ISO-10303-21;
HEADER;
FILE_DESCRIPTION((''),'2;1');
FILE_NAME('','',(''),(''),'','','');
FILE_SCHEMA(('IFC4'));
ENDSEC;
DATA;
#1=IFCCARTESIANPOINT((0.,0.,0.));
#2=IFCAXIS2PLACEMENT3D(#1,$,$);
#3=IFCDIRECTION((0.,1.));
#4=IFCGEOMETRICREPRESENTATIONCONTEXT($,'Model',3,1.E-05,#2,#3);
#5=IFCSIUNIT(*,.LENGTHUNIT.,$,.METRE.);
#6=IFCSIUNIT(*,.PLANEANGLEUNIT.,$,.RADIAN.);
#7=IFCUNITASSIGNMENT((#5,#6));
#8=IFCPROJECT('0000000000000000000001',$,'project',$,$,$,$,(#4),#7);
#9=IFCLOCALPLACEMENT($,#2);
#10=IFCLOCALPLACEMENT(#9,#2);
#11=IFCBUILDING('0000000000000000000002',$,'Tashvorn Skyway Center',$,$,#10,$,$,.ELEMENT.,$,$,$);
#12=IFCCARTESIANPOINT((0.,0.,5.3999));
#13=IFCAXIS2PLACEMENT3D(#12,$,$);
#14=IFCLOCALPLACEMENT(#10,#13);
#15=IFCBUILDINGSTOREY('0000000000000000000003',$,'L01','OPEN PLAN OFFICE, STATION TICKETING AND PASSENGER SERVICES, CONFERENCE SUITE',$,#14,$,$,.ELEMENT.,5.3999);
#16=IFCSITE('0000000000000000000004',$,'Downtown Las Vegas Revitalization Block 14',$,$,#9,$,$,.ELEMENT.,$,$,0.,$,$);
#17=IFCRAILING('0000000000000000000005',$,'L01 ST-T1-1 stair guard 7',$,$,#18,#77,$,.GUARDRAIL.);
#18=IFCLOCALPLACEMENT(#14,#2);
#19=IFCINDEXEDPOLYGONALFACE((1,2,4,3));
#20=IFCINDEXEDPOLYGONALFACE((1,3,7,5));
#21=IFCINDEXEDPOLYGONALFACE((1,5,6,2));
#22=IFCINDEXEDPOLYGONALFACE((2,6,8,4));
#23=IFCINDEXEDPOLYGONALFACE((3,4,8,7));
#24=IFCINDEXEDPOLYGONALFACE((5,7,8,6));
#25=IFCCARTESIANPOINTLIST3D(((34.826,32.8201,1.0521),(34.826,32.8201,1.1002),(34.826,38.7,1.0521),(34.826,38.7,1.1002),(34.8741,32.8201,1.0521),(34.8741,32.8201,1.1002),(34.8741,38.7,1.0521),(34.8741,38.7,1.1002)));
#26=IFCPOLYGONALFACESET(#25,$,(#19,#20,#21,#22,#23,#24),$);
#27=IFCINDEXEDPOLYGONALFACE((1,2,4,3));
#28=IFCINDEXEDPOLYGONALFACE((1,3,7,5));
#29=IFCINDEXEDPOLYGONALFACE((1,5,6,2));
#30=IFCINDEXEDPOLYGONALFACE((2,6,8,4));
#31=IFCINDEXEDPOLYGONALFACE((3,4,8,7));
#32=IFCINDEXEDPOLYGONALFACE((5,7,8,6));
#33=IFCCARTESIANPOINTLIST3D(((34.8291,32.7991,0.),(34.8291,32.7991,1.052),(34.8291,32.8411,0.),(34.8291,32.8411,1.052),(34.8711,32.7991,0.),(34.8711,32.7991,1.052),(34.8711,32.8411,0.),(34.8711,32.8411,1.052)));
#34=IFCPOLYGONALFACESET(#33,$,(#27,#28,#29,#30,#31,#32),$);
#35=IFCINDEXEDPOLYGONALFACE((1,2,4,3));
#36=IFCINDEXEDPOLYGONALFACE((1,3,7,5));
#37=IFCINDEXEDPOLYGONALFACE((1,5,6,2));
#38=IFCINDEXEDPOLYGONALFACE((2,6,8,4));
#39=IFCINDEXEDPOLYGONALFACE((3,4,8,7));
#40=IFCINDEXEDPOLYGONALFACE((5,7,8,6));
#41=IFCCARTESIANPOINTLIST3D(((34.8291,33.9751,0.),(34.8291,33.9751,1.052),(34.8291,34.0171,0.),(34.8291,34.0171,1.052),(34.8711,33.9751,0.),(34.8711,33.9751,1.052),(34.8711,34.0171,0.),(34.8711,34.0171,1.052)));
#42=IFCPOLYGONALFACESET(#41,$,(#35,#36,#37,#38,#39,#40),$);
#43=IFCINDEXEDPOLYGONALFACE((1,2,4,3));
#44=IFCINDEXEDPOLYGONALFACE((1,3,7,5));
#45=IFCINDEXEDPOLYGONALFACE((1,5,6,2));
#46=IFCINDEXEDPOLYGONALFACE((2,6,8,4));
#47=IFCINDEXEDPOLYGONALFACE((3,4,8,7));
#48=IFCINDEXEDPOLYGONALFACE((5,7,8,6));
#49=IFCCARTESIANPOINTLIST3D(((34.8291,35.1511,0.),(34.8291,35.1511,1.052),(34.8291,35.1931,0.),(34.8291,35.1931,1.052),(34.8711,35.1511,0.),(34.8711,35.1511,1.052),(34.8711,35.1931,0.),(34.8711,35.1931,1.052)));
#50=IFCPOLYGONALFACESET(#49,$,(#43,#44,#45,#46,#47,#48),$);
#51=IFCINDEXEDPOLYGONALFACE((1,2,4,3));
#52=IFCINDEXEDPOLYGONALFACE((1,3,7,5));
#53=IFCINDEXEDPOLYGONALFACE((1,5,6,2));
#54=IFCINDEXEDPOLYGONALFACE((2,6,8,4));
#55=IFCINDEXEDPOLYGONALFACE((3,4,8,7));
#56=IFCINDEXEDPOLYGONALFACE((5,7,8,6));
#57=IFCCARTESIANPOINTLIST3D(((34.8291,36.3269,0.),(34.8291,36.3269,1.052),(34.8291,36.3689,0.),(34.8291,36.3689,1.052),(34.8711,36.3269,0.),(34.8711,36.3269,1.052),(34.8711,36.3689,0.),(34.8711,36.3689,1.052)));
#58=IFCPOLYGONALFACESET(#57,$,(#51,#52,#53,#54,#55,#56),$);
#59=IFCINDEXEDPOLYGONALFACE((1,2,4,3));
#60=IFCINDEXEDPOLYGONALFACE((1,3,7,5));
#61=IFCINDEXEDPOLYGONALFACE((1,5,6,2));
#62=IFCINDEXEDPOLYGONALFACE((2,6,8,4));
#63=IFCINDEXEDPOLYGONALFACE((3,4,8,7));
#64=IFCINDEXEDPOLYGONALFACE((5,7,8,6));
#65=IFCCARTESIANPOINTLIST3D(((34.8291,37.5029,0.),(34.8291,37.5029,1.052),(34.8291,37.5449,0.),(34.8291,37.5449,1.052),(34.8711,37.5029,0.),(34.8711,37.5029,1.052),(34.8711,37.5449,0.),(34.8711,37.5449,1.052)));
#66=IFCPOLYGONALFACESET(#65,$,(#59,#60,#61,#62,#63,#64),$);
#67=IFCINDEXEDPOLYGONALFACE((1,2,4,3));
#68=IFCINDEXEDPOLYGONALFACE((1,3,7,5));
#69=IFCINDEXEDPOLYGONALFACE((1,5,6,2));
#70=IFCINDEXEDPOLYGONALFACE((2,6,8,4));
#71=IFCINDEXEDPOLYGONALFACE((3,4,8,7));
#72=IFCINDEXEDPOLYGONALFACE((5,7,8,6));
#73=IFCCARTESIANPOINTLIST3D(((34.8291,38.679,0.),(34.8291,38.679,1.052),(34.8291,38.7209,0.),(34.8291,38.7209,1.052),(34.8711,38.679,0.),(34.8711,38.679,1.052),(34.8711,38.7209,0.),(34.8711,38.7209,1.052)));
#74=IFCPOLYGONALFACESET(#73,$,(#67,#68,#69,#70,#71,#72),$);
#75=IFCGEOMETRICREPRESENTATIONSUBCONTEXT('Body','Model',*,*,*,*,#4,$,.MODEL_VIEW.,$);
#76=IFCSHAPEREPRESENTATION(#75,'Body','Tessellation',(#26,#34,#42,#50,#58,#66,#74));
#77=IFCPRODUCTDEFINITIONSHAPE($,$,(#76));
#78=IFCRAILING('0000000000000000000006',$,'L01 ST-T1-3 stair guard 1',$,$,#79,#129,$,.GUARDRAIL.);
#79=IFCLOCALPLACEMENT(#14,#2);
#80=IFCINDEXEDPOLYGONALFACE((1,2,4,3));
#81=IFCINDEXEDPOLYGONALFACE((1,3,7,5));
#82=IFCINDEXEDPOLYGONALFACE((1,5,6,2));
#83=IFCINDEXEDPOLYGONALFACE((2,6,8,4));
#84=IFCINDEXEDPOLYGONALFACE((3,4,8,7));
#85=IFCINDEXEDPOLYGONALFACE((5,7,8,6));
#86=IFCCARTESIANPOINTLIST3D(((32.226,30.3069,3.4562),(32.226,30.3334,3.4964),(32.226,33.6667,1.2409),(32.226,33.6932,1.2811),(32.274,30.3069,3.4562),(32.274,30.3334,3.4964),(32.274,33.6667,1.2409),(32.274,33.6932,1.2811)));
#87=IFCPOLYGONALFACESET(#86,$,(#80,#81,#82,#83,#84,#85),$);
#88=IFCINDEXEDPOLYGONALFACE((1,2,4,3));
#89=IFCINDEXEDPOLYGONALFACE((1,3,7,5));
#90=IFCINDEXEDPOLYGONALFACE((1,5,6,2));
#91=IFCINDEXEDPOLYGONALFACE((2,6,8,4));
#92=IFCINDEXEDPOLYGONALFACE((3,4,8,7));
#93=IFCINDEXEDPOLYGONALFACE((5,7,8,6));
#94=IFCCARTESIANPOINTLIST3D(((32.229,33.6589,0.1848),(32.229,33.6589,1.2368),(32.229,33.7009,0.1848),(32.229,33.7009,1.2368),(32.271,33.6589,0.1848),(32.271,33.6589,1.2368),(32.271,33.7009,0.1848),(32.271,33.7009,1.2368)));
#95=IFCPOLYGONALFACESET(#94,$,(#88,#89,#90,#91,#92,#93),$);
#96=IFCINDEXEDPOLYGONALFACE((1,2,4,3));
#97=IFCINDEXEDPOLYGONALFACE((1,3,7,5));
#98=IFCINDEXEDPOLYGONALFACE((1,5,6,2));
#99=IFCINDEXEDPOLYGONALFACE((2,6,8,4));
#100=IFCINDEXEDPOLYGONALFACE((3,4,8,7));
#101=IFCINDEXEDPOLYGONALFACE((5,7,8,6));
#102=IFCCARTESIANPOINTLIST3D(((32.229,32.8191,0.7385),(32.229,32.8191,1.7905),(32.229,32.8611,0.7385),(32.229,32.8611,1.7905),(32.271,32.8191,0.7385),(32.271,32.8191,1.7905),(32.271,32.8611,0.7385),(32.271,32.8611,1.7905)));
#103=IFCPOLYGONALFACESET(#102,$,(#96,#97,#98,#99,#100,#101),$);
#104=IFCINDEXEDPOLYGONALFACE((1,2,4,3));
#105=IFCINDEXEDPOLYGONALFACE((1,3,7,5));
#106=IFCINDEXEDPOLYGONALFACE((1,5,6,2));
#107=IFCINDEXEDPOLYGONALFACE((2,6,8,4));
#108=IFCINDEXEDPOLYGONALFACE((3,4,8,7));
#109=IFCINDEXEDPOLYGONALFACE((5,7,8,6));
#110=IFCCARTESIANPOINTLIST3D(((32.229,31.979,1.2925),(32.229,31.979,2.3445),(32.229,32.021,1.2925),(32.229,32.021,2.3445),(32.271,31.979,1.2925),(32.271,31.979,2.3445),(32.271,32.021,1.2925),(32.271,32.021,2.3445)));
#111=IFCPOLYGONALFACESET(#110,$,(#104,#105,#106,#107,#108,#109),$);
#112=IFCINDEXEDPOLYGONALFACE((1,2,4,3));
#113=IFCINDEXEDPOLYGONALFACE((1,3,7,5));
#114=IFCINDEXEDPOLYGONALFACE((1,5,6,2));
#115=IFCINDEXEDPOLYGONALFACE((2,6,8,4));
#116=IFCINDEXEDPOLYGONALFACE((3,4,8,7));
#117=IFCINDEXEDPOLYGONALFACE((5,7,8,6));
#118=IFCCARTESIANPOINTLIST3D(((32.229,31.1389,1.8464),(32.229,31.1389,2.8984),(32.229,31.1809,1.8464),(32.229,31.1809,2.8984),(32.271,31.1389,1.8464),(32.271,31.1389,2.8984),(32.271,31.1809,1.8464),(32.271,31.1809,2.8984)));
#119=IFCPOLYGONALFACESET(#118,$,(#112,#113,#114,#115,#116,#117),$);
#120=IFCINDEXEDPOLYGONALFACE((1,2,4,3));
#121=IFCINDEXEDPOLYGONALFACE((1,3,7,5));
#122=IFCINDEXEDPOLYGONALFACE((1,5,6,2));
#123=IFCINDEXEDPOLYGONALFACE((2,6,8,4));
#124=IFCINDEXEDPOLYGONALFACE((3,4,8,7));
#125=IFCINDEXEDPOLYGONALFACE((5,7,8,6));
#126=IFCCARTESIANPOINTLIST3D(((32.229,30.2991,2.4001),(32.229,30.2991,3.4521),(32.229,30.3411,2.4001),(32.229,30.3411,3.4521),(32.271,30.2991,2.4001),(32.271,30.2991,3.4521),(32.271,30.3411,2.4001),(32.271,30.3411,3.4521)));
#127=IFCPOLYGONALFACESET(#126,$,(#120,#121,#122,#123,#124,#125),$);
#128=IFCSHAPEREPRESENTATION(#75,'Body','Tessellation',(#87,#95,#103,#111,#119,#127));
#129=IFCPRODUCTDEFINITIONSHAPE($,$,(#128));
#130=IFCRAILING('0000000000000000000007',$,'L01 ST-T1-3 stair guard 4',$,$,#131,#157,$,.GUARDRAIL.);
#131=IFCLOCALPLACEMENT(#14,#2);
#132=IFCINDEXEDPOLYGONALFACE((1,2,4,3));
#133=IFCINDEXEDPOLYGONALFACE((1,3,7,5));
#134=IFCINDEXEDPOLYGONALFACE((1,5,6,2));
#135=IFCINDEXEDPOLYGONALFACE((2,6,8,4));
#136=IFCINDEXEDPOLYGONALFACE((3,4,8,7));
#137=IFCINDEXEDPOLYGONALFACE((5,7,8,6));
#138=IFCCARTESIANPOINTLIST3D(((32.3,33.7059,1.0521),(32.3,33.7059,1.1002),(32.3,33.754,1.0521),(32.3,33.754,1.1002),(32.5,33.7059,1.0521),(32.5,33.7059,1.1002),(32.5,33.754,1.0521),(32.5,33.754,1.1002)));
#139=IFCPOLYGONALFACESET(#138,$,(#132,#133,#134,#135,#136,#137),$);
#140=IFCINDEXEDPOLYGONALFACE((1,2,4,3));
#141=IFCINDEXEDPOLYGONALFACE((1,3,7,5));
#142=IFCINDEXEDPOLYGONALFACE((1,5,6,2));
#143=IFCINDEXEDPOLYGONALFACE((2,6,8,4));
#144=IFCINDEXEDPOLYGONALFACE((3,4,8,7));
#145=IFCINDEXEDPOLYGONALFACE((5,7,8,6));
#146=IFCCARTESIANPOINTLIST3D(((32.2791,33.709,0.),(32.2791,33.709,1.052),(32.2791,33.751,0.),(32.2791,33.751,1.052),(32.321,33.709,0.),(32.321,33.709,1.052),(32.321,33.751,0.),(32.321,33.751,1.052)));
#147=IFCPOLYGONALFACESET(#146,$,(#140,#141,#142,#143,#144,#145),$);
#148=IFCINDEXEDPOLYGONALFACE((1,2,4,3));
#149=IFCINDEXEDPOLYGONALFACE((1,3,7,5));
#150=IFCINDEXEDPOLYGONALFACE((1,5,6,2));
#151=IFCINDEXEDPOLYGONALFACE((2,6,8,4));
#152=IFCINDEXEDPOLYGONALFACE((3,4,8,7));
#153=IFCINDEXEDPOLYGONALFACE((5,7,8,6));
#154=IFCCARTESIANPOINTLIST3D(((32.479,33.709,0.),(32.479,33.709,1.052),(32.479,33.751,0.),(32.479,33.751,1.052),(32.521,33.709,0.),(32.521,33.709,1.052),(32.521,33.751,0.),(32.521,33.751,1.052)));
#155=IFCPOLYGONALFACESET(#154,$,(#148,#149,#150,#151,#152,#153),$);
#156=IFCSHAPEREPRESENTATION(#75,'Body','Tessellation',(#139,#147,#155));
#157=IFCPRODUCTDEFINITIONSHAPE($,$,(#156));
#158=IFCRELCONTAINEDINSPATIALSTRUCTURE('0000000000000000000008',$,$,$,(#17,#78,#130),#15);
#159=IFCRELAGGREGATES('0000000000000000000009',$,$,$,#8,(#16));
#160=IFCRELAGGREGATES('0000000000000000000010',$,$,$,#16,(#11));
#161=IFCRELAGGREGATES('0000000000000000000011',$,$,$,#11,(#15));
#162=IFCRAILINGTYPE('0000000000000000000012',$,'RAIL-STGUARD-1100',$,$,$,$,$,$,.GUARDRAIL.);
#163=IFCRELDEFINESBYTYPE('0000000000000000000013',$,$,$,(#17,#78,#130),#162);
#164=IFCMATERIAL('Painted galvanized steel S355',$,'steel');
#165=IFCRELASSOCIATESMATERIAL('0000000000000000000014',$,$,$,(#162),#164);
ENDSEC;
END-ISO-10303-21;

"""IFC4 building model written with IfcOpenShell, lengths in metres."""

from ifc_helpers import new_model, si_unit, direction, frame, origin, origin_2d, place, context, subcontext, project, spatial, rectangle, extrude, material, type_object, element, save


model = new_model("IFC4")

# Units and contexts
model_context = context("Model", 3, precision=1e-05, world=origin(), true_north=direction((0.0, 1.0)))
body_context = subcontext(model_context, "Body", "Model", "MODEL_VIEW")
ifc_project = project(units=[si_unit("LENGTHUNIT", "METRE"), si_unit("PLANEANGLEUNIT", "RADIAN")], contexts=[model_context])

# Site, building, storey
site_placement = place(None, origin())
site = spatial("IfcSite", under=ifc_project, at=site_placement, Name="Downtown Las Vegas Revitalization Block 14", CompositionType="ELEMENT", RefElevation=0.0)
building_placement = place(site_placement, origin())
building = spatial("IfcBuilding", under=site, at=building_placement, Name="Tashvorn Skyway Center", CompositionType="ELEMENT")
storey_placement = place(building_placement, frame((0.0, 0.0, 5.3999)))
storey = spatial("IfcBuildingStorey", under=building, at=storey_placement, Name="L01", Description="OPEN PLAN OFFICE, STATION TICKETING AND PASSENGER SERVICES, CONFERENCE SUITE", CompositionType="ELEMENT", Elevation=5.3999)

# Railings
ifc_material_1 = material(Name="Painted galvanized steel S355", Category="steel")
railing_type_1 = type_object("IfcRailingType", Name="RAIL-STGUARD-1100", PredefinedType="GUARDRAIL", material=ifc_material_1)
railing_1_placement = place(storey_placement, frame((34.8501, 32.8201, 0.0)))
element("IfcRailing", 1, at=railing_1_placement, inside=storey, type_object=railing_type_1, Name="L01 ST-T1-1 stair guard 7", PredefinedType="GUARDRAIL", context=body_context, shape_type="SweptSolid", body=[
    extrude(rectangle(XDim=0.0481, YDim=0.0481, at=origin_2d()), frame((0.0, 0.0, 1.0762), z_axis=(0.0, 1.0, 0.0), x_axis=(-1.0, 0.0, 0.0)), (0.0, 0.0, 1.0), 5.8799),
    extrude(rectangle(XDim=0.042, YDim=0.042, at=origin_2d()), origin(), (0.0, 0.0, 1.0), 1.052),
    extrude(rectangle(XDim=0.042, YDim=0.042, at=origin_2d()), frame((0.0, 1.176, 0.0)), (0.0, 0.0, 1.0), 1.052),
    extrude(rectangle(XDim=0.042, YDim=0.042, at=origin_2d()), frame((0.0, 2.3521, 0.0)), (0.0, 0.0, 1.0), 1.052),
    extrude(rectangle(XDim=0.042, YDim=0.042, at=origin_2d()), frame((0.0, 3.5278, 0.0)), (0.0, 0.0, 1.0), 1.052),
    extrude(rectangle(XDim=0.042, YDim=0.042, at=origin_2d()), frame((0.0, 4.7039, 0.0)), (0.0, 0.0, 1.0), 1.052),
    extrude(rectangle(XDim=0.042, YDim=0.042, at=origin_2d()), frame((0.0, 5.8799, 0.0)), (0.0, 0.0, 1.0), 1.052),
])
railing_2_placement = place(storey_placement, frame((32.25, 33.6799, 0.1848)))
element("IfcRailing", 2, at=railing_2_placement, inside=storey, type_object=railing_type_1, Name="L01 ST-T1-3 stair guard 1", PredefinedType="GUARDRAIL", context=body_context, shape_type="SweptSolid", body=[
    extrude(rectangle(XDim=0.0481, YDim=0.0481, at=origin_2d()), frame((0.0, 0.0, 1.0762), z_axis=(0.0, -0.834858, 0.550465), x_axis=(1.0, 0.0, 0.0)), (0.0, 0.0, 1.0), 4.0244),
    extrude(rectangle(XDim=0.042, YDim=0.042, at=origin_2d()), origin(), (0.0, 0.0, 1.0), 1.052),
    extrude(rectangle(XDim=0.042, YDim=0.042, at=origin_2d()), frame((0.0, -0.8398, 0.5537)), (0.0, 0.0, 1.0), 1.052),
    extrude(rectangle(XDim=0.042, YDim=0.042, at=origin_2d()), frame((0.0, -1.6799, 1.1077)), (0.0, 0.0, 1.0), 1.052),
    extrude(rectangle(XDim=0.042, YDim=0.042, at=origin_2d()), frame((0.0, -2.52, 1.6616)), (0.0, 0.0, 1.0), 1.052),
    extrude(rectangle(XDim=0.042, YDim=0.042, at=origin_2d()), frame((0.0, -3.3599, 2.2153)), (0.0, 0.0, 1.0), 1.052),
])
railing_3_placement = place(storey_placement, frame((32.3, 33.73, 0.0)))
element("IfcRailing", 3, at=railing_3_placement, inside=storey, type_object=railing_type_1, Name="L01 ST-T1-3 stair guard 4", PredefinedType="GUARDRAIL", context=body_context, shape_type="SweptSolid", body=[
    extrude(rectangle(XDim=0.0481, YDim=0.0481, at=origin_2d()), frame((0.0, 0.0, 1.0762), z_axis=(1.0, 0.0, 0.0), x_axis=(0.0, 1.0, 0.0)), (0.0, 0.0, 1.0), 0.2),
    extrude(rectangle(XDim=0.042, YDim=0.042, at=origin_2d()), origin(), (0.0, 0.0, 1.0), 1.052),
    extrude(rectangle(XDim=0.042, YDim=0.042, at=origin_2d()), frame((0.2, 0.0, 0.0)), (0.0, 0.0, 1.0), 1.052),
])

save(model, "model.ifc")
